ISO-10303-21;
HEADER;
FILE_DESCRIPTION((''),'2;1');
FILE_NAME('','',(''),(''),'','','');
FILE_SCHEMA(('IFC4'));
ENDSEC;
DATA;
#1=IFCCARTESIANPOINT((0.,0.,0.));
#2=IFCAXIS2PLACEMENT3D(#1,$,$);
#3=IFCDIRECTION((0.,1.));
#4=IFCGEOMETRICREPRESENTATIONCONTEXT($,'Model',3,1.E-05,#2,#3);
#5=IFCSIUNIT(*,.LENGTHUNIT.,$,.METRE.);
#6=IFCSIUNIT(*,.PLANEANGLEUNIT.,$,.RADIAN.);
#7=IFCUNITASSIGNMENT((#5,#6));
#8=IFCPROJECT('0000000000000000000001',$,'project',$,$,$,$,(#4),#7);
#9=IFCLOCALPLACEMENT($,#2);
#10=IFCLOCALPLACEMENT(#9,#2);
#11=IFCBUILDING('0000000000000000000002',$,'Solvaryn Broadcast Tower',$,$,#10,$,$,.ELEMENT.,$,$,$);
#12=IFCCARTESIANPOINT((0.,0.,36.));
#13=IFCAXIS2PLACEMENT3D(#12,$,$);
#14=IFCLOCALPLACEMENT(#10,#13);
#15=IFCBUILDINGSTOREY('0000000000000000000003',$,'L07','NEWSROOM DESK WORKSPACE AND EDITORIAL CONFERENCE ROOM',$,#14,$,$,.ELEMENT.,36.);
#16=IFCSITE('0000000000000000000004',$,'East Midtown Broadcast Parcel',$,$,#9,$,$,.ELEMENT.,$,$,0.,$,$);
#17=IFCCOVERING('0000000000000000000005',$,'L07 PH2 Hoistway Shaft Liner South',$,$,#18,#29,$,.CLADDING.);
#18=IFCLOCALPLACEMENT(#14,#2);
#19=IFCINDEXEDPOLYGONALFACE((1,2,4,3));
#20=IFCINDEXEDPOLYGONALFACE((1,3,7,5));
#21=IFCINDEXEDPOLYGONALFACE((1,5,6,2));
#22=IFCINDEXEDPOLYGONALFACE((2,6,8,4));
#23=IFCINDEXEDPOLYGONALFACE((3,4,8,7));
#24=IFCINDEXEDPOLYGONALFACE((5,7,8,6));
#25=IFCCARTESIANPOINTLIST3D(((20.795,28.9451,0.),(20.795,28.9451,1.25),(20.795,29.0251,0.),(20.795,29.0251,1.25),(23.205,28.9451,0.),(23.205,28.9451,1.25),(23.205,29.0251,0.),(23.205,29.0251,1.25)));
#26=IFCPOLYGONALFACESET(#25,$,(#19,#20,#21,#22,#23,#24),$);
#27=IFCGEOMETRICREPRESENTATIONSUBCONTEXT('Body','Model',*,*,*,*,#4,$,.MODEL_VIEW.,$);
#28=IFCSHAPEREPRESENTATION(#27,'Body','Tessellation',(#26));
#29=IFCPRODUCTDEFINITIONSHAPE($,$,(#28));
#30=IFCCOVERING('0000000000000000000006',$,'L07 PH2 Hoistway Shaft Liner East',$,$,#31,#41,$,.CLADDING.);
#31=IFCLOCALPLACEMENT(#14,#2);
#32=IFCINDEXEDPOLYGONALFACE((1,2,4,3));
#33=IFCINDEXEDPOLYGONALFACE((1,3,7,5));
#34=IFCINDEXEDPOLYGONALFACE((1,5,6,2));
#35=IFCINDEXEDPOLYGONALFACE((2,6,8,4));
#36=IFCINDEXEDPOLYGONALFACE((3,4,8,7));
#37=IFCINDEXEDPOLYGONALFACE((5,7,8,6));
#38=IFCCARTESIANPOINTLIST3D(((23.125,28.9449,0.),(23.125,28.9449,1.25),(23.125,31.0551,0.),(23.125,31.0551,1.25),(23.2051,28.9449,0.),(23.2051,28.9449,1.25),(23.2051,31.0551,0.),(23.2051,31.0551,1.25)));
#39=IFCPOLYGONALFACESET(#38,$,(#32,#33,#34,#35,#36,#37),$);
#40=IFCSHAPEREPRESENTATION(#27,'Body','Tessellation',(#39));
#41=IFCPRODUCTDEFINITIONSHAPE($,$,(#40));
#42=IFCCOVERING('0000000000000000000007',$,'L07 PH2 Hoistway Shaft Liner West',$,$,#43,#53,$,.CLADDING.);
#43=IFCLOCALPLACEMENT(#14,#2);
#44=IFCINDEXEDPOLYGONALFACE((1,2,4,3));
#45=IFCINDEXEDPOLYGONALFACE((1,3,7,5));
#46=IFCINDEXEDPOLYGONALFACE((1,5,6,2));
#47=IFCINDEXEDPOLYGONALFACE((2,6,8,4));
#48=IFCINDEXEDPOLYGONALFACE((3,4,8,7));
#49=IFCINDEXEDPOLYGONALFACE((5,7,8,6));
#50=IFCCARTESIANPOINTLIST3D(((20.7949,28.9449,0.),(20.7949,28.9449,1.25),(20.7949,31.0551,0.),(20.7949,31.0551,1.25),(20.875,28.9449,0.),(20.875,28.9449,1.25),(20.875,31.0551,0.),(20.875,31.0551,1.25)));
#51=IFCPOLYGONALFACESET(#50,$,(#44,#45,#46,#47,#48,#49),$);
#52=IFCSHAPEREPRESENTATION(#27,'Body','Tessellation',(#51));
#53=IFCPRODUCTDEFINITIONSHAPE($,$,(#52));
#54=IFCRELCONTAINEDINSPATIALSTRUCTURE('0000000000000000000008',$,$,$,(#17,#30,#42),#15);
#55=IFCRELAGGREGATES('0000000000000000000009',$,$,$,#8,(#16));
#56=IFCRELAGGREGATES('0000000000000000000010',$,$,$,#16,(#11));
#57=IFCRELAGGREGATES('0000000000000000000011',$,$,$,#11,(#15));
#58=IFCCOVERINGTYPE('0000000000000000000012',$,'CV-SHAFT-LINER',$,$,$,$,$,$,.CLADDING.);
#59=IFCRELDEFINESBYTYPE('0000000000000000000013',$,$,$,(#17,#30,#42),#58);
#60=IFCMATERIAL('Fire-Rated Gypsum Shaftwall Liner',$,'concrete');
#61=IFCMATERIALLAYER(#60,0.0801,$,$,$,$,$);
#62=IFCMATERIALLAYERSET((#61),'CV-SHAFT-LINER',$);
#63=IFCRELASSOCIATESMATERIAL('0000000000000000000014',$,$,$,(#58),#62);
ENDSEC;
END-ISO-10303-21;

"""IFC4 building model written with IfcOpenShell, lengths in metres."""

from ifc_helpers import new_model, si_unit, direction, frame, origin, origin_2d, place, context, subcontext, project, spatial, rectangle, extrude, material, layer, layer_set, type_object, element, save


model = new_model("IFC4")

# Units and contexts
model_context = context("Model", 3, precision=1e-05, world=origin(), true_north=direction((0.0, 1.0)))
body_context = subcontext(model_context, "Body", "Model", "MODEL_VIEW")
ifc_project = project(units=[si_unit("LENGTHUNIT", "METRE"), si_unit("PLANEANGLEUNIT", "RADIAN")], contexts=[model_context])

# Site, building, storey
site_placement = place(None, origin())
site = spatial("IfcSite", under=ifc_project, at=site_placement, Name="East Midtown Broadcast Parcel", CompositionType="ELEMENT", RefElevation=0.0)
building_placement = place(site_placement, origin())
building = spatial("IfcBuilding", under=site, at=building_placement, Name="Solvaryn Broadcast Tower", CompositionType="ELEMENT")
storey_placement = place(building_placement, frame((0.0, 0.0, 36.0)))
storey = spatial("IfcBuildingStorey", under=building, at=storey_placement, Name="L07", Description="NEWSROOM DESK WORKSPACE AND EDITORIAL CONFERENCE ROOM", CompositionType="ELEMENT", Elevation=36.0)

# Coverings
ifc_material_1 = material(Name="Fire-Rated Gypsum Shaftwall Liner", Category="concrete")
ifc_layer_1 = layer(ifc_material_1, 0.0801)
ifc_layer_set_1 = layer_set([ifc_layer_1], Name="CV-SHAFT-LINER")
covering_type = type_object("IfcCoveringType", Name="CV-SHAFT-LINER", PredefinedType="CLADDING", material=ifc_layer_set_1)
covering_1_placement = place(storey_placement, frame((22.0, 28.9851, 0.0), z_axis=(0.0, 0.0, 1.0), x_axis=(1.0, 0.0, 0.0)))
element("IfcCovering", 1, at=covering_1_placement, inside=storey, type_object=covering_type, Name="L07 PH2 Hoistway Shaft Liner South", PredefinedType="CLADDING", context=body_context, shape_type="SweptSolid", body=[
    extrude(rectangle(XDim=2.4099, YDim=0.0801, at=origin_2d()), origin(), (0.0, 0.0, 1.0), 1.25),
])
for number, where, z_axis, x_axis, name in (
    (2, (23.165, 30.0, 0.0), (0.0, 0.0, 1.0), (1.0, 0.0, 0.0), "L07 PH2 Hoistway Shaft Liner East"),
    (3, (20.835, 30.0, 0.0), (0.0, 0.0, 1.0), (1.0, 0.0, 0.0), "L07 PH2 Hoistway Shaft Liner West"),
):
    element("IfcCovering", number, at=place(storey_placement, frame(where, z_axis=z_axis, x_axis=x_axis)), inside=storey, type_object=covering_type, Name=name, PredefinedType="CLADDING", context=body_context, shape_type="SweptSolid", body=[
        extrude(rectangle(XDim=0.0801, YDim=2.1101, at=origin_2d()), origin(), (0.0, 0.0, 1.0), 1.25),
    ])

save(model, "model.ifc")
